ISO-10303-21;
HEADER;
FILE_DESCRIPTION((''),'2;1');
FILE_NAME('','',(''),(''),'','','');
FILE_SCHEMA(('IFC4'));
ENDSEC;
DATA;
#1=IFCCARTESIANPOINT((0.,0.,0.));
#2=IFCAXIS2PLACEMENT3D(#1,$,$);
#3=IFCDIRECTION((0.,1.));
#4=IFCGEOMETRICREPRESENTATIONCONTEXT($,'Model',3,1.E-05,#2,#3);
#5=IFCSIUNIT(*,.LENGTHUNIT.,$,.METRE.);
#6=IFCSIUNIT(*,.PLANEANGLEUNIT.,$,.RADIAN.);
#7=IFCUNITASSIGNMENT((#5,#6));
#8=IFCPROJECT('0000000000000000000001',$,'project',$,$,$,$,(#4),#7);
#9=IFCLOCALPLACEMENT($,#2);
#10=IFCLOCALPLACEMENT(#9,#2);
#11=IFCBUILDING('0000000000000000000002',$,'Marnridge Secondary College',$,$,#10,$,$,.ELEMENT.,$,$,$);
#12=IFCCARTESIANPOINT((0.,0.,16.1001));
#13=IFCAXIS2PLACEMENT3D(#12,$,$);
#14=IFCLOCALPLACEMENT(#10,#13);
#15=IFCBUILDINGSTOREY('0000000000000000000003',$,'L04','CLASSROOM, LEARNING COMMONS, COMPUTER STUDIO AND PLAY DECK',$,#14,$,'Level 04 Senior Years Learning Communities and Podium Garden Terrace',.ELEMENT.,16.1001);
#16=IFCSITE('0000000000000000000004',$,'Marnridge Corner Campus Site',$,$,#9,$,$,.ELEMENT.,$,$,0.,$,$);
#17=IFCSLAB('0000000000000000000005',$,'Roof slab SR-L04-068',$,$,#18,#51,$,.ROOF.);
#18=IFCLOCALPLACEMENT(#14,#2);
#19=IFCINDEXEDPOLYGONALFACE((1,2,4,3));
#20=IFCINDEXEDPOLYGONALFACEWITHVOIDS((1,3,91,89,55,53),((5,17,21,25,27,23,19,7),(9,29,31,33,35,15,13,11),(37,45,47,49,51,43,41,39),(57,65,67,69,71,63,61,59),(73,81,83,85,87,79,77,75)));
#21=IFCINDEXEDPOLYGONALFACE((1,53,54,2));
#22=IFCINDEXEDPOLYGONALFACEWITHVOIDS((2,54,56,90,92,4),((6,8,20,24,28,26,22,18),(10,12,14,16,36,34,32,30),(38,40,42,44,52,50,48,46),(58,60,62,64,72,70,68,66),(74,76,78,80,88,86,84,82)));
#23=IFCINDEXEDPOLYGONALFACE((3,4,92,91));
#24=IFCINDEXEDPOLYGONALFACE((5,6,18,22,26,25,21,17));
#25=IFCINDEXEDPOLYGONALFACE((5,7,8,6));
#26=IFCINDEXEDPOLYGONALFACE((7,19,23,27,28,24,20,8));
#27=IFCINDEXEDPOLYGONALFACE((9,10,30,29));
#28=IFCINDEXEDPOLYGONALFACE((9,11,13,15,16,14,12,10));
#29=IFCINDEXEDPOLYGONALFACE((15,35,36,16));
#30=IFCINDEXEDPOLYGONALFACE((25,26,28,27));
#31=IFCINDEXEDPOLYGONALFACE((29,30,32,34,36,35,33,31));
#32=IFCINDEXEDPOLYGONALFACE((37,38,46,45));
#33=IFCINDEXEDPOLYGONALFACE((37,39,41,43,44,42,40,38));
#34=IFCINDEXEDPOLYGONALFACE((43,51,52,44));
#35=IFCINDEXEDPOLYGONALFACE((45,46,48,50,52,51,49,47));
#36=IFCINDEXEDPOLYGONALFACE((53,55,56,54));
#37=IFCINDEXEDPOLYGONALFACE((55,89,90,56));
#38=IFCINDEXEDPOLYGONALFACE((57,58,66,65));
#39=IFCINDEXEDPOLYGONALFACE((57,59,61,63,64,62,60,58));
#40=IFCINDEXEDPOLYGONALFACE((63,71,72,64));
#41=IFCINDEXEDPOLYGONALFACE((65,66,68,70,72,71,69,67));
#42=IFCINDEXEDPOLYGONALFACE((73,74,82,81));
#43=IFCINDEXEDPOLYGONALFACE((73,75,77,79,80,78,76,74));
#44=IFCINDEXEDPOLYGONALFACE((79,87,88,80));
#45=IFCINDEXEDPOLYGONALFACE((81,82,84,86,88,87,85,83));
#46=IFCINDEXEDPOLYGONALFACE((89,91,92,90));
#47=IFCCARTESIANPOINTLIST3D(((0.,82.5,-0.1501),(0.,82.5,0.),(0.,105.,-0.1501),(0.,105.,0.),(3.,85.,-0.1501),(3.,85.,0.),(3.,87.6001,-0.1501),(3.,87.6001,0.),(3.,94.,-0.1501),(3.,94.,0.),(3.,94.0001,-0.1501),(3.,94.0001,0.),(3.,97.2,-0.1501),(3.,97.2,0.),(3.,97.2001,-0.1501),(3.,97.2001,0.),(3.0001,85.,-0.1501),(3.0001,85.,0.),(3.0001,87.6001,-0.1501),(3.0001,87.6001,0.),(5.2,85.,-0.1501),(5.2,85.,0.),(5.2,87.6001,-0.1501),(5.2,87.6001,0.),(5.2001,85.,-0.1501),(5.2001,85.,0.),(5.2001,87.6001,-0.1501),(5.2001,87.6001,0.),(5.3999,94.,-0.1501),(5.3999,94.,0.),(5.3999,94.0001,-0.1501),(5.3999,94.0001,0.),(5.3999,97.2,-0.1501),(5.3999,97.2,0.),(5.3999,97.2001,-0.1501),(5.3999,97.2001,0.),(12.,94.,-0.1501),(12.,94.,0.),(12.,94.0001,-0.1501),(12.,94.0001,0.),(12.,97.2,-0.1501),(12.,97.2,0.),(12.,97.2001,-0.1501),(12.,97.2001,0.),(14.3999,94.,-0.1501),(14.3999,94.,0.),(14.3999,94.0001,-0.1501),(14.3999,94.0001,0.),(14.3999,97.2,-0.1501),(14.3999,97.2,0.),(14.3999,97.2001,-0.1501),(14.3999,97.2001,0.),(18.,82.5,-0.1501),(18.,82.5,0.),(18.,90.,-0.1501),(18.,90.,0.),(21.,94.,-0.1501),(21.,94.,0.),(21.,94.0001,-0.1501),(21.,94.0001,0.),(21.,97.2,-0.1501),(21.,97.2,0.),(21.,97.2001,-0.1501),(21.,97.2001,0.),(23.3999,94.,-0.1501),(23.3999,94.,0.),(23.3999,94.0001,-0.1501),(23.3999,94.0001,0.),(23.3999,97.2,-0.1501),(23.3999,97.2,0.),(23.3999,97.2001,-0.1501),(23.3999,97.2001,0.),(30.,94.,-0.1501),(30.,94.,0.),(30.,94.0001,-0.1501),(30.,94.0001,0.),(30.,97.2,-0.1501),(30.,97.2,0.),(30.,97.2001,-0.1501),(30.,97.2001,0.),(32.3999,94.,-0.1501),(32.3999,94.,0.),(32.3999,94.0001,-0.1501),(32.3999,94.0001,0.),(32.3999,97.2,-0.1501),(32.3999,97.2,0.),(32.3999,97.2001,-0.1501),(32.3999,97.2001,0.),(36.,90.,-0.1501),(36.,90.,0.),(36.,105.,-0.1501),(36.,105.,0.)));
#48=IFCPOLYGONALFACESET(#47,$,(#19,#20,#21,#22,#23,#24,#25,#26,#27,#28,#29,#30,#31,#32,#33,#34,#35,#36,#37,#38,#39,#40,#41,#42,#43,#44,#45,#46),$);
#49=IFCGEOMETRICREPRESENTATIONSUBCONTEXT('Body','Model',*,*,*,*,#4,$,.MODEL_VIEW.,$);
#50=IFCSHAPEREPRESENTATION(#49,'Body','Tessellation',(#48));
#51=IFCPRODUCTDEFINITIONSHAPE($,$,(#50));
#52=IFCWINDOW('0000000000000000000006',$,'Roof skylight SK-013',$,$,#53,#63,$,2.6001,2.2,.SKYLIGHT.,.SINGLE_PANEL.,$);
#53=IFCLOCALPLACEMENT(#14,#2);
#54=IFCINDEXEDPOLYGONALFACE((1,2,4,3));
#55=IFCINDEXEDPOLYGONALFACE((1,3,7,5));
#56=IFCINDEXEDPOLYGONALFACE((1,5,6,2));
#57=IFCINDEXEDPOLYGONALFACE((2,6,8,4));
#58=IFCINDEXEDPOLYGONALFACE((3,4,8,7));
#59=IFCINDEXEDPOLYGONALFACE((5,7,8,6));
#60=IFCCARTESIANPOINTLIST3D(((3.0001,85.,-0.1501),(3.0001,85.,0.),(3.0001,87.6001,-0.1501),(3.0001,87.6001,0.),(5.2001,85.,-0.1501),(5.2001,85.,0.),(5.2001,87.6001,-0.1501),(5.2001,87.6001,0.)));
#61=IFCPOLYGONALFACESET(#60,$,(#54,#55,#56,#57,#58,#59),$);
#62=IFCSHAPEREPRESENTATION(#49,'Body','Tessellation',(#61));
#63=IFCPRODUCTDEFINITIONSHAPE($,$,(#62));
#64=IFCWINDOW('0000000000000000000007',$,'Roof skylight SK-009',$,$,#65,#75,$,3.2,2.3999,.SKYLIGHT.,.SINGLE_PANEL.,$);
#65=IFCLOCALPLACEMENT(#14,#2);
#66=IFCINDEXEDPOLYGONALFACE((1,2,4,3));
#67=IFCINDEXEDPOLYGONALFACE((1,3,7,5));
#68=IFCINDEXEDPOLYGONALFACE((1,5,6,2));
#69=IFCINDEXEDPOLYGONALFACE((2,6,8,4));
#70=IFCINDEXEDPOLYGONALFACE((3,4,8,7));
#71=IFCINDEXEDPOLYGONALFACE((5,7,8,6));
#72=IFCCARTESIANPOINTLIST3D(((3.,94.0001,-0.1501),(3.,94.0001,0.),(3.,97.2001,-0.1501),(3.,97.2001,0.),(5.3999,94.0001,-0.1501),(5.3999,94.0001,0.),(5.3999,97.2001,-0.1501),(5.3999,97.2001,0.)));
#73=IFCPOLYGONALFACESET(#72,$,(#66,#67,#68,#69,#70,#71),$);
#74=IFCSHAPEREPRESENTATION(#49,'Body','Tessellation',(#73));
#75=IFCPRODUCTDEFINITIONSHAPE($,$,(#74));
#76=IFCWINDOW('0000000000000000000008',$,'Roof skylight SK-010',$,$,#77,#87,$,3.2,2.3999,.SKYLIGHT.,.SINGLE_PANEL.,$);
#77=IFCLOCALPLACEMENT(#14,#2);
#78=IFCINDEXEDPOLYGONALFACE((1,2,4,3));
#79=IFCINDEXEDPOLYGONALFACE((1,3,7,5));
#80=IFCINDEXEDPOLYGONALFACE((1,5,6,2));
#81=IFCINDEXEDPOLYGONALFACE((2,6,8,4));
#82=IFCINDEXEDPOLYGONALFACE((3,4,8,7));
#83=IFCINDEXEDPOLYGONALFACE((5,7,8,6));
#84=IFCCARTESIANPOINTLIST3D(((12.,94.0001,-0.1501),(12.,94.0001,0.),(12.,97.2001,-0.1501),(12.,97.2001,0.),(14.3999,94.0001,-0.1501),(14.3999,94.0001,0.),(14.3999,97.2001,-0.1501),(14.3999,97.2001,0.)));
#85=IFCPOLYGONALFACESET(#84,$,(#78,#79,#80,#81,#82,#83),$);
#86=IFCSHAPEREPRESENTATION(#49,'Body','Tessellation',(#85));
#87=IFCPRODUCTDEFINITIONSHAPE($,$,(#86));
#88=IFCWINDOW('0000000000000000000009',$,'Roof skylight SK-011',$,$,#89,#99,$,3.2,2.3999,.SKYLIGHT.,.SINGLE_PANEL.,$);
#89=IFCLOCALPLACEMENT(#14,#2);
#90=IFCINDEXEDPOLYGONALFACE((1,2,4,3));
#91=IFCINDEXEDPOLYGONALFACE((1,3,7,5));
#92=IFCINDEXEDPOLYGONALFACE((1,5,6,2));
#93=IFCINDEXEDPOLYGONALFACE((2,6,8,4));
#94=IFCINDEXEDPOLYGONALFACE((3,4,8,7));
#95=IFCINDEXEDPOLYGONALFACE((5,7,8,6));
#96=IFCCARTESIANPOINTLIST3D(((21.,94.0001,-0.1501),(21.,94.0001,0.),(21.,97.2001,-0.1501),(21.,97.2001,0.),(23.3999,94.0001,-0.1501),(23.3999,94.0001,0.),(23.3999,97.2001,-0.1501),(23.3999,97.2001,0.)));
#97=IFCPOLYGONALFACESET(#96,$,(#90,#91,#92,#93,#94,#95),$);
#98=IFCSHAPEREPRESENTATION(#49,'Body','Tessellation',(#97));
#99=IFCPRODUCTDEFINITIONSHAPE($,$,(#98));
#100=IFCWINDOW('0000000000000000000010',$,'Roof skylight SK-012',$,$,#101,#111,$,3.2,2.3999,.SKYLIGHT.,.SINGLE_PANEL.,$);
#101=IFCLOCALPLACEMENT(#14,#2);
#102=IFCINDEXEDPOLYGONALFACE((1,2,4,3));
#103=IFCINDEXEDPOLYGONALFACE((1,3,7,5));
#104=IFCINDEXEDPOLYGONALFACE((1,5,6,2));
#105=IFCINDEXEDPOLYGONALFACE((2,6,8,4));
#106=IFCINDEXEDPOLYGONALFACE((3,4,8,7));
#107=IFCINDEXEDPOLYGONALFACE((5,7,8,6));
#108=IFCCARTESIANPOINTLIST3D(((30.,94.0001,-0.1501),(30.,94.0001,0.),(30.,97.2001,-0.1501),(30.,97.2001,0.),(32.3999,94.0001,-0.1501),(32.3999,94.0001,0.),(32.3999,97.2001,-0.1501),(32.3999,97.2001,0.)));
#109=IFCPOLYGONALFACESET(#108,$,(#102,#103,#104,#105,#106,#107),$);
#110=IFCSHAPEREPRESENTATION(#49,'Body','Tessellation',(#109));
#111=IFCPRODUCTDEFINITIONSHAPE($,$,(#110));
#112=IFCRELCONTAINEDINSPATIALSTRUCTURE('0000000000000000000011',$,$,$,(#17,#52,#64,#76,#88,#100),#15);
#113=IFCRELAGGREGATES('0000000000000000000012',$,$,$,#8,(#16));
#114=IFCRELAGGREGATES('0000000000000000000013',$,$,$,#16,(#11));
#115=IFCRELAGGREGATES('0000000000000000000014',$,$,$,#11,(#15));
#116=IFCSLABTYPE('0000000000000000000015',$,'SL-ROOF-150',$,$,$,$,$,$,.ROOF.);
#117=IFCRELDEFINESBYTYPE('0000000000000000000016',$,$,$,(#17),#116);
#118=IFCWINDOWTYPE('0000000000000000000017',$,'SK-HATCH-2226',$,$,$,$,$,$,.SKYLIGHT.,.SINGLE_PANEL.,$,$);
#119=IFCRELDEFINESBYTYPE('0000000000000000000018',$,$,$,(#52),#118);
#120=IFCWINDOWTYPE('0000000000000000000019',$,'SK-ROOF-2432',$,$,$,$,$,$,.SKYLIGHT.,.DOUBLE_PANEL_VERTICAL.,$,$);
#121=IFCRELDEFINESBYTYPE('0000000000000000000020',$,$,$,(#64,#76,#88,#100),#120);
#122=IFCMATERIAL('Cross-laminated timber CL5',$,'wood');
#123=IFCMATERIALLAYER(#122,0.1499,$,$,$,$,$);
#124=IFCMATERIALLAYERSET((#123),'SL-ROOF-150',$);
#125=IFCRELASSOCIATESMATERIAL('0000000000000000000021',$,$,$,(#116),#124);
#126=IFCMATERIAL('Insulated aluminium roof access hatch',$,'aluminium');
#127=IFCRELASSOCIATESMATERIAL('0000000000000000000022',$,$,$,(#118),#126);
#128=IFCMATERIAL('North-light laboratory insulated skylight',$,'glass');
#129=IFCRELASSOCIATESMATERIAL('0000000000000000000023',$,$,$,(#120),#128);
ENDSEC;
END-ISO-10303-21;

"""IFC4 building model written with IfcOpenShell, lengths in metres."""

from ifc_helpers import new_model, si_unit, direction, frame, origin, origin_2d, place, context, subcontext, project, spatial, polyline, rectangle, outline, extrude, material, layer, layer_set, type_object, element, fill, save


model = new_model("IFC4")

# Units and contexts
model_context = context("Model", 3, precision=1e-05, world=origin(), true_north=direction((0.0, 1.0)))
body_context = subcontext(model_context, "Body", "Model", "MODEL_VIEW")
ifc_project = project(units=[si_unit("LENGTHUNIT", "METRE"), si_unit("PLANEANGLEUNIT", "RADIAN")], contexts=[model_context])

# Site, building, storey
site_placement = place(None, origin())
site = spatial("IfcSite", under=ifc_project, at=site_placement, Name="Marnridge Corner Campus Site", CompositionType="ELEMENT", RefElevation=0.0)
building_placement = place(site_placement, origin())
building = spatial("IfcBuilding", under=site, at=building_placement, Name="Marnridge Secondary College", CompositionType="ELEMENT")
storey_placement = place(building_placement, frame((0.0, 0.0, 16.1001)))
storey = spatial("IfcBuildingStorey", under=building, at=storey_placement, Name="L04", Description="CLASSROOM, LEARNING COMMONS, COMPUTER STUDIO AND PLAY DECK", LongName="Level 04 Senior Years Learning Communities and Podium Garden Terrace", CompositionType="ELEMENT", Elevation=16.1001)

# Slab, openings, windows
ifc_material_1 = material(Name="Cross-laminated timber CL5", Category="wood")
ifc_layer_1 = layer(ifc_material_1, 0.1499)
ifc_layer_set_1 = layer_set([ifc_layer_1], Name="SL-ROOF-150")
slab_type_1 = type_object("IfcSlabType", Name="SL-ROOF-150", PredefinedType="ROOF", material=ifc_layer_set_1)
slab_1_placement = place(storey_placement, frame((0.0, 0.0, -0.1501)))
slab_1 = element("IfcSlab", 1, at=slab_1_placement, inside=storey, type_object=slab_type_1, Name="Roof slab SR-L04-068", PredefinedType="ROOF", context=body_context, shape_type="SweptSolid", body=[
    extrude(outline(polyline([(0.0, 82.5), (18.0, 82.5), (18.0, 90.0), (36.0, 90.0), (36.0, 105.0), (0.0, 105.0), (0.0, 82.5)]), holes=[polyline([(3.0, 94.0), (5.3999, 94.0), (5.3999, 97.2), (3.0, 97.2), (3.0, 94.0)]), polyline([(12.0, 94.0), (14.3999, 94.0), (14.3999, 97.2), (12.0, 97.2), (12.0, 94.0)]), polyline([(21.0, 94.0), (23.3999, 94.0), (23.3999, 97.2), (21.0, 97.2), (21.0, 94.0)]), polyline([(30.0, 94.0), (32.3999, 94.0), (32.3999, 97.2), (30.0, 97.2), (30.0, 94.0)]), polyline([(3.0, 85.0), (5.2, 85.0), (5.2, 87.6001), (3.0, 87.6001), (3.0, 85.0)])]), origin(), (0.0, 0.0, 1.0), 0.1501),
])
opening_1_placement = place(slab_1_placement, frame((4.2, 95.6001, 0.0)))
opening_1 = element("IfcOpeningElement", 2, at=opening_1_placement, cuts=slab_1, PredefinedType="OPENING", context=body_context, shape_type="SweptSolid", body=[
    extrude(rectangle(XDim=2.3999, YDim=3.2, at=origin_2d()), frame((0.0, 0.0, -0.01)), (0.0, 0.0, 1.0), 0.1702),
])
opening_2_placement = place(slab_1_placement, frame((13.2, 95.6001, 0.0)))
opening_2 = element("IfcOpeningElement", 3, at=opening_2_placement, cuts=slab_1, PredefinedType="OPENING", context=body_context, shape_type="SweptSolid", body=[
    extrude(rectangle(XDim=2.3999, YDim=3.2, at=origin_2d()), frame((0.0, 0.0, -0.01)), (0.0, 0.0, 1.0), 0.1702),
])
opening_3_placement = place(slab_1_placement, frame((22.2, 95.6001, 0.0)))
opening_3 = element("IfcOpeningElement", 4, at=opening_3_placement, cuts=slab_1, PredefinedType="OPENING", context=body_context, shape_type="SweptSolid", body=[
    extrude(rectangle(XDim=2.3999, YDim=3.2, at=origin_2d()), frame((0.0, 0.0, -0.01)), (0.0, 0.0, 1.0), 0.1702),
])
opening_4_placement = place(slab_1_placement, frame((31.2, 95.6001, 0.0)))
opening_4 = element("IfcOpeningElement", 5, at=opening_4_placement, cuts=slab_1, PredefinedType="OPENING", context=body_context, shape_type="SweptSolid", body=[
    extrude(rectangle(XDim=2.3999, YDim=3.2, at=origin_2d()), frame((0.0, 0.0, -0.01)), (0.0, 0.0, 1.0), 0.1702),
])
opening_5_placement = place(slab_1_placement, frame((4.1001, 86.3, 0.0)))
opening_5 = element("IfcOpeningElement", 6, at=opening_5_placement, cuts=slab_1, PredefinedType="OPENING", context=body_context, shape_type="SweptSolid", body=[
    extrude(rectangle(XDim=2.2, YDim=2.6001, at=origin_2d()), frame((0.0, 0.0, -0.01)), (0.0, 0.0, 1.0), 0.1702),
])
ifc_material_2 = material(Name="Insulated aluminium roof access hatch", Category="aluminium")
window_type_1 = type_object("IfcWindowType", Name="SK-HATCH-2226", PartitioningType="SINGLE_PANEL", PredefinedType="SKYLIGHT", material=ifc_material_2)
window_1_placement = place(opening_5_placement, origin())
window_1 = element("IfcWindow", 7, at=window_1_placement, inside=storey, type_object=window_type_1, Name="Roof skylight SK-013", OverallHeight=2.6001, OverallWidth=2.2, PartitioningType="SINGLE_PANEL", PredefinedType="SKYLIGHT", context=body_context, shape_type="SweptSolid", body=[
    extrude(rectangle(XDim=2.2, YDim=2.6001, at=origin_2d()), origin(), (0.0, 0.0, 1.0), 0.1501),
])
fill(opening_5, window_1)
ifc_material_3 = material(Name="North-light laboratory insulated skylight", Category="glass")
window_type_2 = type_object("IfcWindowType", Name="SK-ROOF-2432", PartitioningType="DOUBLE_PANEL_VERTICAL", PredefinedType="SKYLIGHT", material=ifc_material_3)
window_2_placement = place(opening_1_placement, origin())
window_2 = element("IfcWindow", 8, at=window_2_placement, inside=storey, type_object=window_type_2, Name="Roof skylight SK-009", OverallHeight=3.2, OverallWidth=2.3999, PartitioningType="SINGLE_PANEL", PredefinedType="SKYLIGHT", context=body_context, shape_type="SweptSolid", body=[
    extrude(rectangle(XDim=2.3999, YDim=3.2, at=origin_2d()), origin(), (0.0, 0.0, 1.0), 0.1501),
])
fill(opening_1, window_2)
window_3_placement = place(opening_2_placement, origin())
window_3 = element("IfcWindow", 9, at=window_3_placement, inside=storey, type_object=window_type_2, Name="Roof skylight SK-010", OverallHeight=3.2, OverallWidth=2.3999, PartitioningType="SINGLE_PANEL", PredefinedType="SKYLIGHT", context=body_context, shape_type="SweptSolid", body=[
    extrude(rectangle(XDim=2.3999, YDim=3.2, at=origin_2d()), origin(), (0.0, 0.0, 1.0), 0.1501),
])
fill(opening_2, window_3)
window_4_placement = place(opening_3_placement, origin())
window_4 = element("IfcWindow", 10, at=window_4_placement, inside=storey, type_object=window_type_2, Name="Roof skylight SK-011", OverallHeight=3.2, OverallWidth=2.3999, PartitioningType="SINGLE_PANEL", PredefinedType="SKYLIGHT", context=body_context, shape_type="SweptSolid", body=[
    extrude(rectangle(XDim=2.3999, YDim=3.2, at=origin_2d()), origin(), (0.0, 0.0, 1.0), 0.1501),
])
fill(opening_3, window_4)
window_5_placement = place(opening_4_placement, origin())
window_5 = element("IfcWindow", 11, at=window_5_placement, inside=storey, type_object=window_type_2, Name="Roof skylight SK-012", OverallHeight=3.2, OverallWidth=2.3999, PartitioningType="SINGLE_PANEL", PredefinedType="SKYLIGHT", context=body_context, shape_type="SweptSolid", body=[
    extrude(rectangle(XDim=2.3999, YDim=3.2, at=origin_2d()), origin(), (0.0, 0.0, 1.0), 0.1501),
])
fill(opening_4, window_5)

save(model, "model.ifc")
